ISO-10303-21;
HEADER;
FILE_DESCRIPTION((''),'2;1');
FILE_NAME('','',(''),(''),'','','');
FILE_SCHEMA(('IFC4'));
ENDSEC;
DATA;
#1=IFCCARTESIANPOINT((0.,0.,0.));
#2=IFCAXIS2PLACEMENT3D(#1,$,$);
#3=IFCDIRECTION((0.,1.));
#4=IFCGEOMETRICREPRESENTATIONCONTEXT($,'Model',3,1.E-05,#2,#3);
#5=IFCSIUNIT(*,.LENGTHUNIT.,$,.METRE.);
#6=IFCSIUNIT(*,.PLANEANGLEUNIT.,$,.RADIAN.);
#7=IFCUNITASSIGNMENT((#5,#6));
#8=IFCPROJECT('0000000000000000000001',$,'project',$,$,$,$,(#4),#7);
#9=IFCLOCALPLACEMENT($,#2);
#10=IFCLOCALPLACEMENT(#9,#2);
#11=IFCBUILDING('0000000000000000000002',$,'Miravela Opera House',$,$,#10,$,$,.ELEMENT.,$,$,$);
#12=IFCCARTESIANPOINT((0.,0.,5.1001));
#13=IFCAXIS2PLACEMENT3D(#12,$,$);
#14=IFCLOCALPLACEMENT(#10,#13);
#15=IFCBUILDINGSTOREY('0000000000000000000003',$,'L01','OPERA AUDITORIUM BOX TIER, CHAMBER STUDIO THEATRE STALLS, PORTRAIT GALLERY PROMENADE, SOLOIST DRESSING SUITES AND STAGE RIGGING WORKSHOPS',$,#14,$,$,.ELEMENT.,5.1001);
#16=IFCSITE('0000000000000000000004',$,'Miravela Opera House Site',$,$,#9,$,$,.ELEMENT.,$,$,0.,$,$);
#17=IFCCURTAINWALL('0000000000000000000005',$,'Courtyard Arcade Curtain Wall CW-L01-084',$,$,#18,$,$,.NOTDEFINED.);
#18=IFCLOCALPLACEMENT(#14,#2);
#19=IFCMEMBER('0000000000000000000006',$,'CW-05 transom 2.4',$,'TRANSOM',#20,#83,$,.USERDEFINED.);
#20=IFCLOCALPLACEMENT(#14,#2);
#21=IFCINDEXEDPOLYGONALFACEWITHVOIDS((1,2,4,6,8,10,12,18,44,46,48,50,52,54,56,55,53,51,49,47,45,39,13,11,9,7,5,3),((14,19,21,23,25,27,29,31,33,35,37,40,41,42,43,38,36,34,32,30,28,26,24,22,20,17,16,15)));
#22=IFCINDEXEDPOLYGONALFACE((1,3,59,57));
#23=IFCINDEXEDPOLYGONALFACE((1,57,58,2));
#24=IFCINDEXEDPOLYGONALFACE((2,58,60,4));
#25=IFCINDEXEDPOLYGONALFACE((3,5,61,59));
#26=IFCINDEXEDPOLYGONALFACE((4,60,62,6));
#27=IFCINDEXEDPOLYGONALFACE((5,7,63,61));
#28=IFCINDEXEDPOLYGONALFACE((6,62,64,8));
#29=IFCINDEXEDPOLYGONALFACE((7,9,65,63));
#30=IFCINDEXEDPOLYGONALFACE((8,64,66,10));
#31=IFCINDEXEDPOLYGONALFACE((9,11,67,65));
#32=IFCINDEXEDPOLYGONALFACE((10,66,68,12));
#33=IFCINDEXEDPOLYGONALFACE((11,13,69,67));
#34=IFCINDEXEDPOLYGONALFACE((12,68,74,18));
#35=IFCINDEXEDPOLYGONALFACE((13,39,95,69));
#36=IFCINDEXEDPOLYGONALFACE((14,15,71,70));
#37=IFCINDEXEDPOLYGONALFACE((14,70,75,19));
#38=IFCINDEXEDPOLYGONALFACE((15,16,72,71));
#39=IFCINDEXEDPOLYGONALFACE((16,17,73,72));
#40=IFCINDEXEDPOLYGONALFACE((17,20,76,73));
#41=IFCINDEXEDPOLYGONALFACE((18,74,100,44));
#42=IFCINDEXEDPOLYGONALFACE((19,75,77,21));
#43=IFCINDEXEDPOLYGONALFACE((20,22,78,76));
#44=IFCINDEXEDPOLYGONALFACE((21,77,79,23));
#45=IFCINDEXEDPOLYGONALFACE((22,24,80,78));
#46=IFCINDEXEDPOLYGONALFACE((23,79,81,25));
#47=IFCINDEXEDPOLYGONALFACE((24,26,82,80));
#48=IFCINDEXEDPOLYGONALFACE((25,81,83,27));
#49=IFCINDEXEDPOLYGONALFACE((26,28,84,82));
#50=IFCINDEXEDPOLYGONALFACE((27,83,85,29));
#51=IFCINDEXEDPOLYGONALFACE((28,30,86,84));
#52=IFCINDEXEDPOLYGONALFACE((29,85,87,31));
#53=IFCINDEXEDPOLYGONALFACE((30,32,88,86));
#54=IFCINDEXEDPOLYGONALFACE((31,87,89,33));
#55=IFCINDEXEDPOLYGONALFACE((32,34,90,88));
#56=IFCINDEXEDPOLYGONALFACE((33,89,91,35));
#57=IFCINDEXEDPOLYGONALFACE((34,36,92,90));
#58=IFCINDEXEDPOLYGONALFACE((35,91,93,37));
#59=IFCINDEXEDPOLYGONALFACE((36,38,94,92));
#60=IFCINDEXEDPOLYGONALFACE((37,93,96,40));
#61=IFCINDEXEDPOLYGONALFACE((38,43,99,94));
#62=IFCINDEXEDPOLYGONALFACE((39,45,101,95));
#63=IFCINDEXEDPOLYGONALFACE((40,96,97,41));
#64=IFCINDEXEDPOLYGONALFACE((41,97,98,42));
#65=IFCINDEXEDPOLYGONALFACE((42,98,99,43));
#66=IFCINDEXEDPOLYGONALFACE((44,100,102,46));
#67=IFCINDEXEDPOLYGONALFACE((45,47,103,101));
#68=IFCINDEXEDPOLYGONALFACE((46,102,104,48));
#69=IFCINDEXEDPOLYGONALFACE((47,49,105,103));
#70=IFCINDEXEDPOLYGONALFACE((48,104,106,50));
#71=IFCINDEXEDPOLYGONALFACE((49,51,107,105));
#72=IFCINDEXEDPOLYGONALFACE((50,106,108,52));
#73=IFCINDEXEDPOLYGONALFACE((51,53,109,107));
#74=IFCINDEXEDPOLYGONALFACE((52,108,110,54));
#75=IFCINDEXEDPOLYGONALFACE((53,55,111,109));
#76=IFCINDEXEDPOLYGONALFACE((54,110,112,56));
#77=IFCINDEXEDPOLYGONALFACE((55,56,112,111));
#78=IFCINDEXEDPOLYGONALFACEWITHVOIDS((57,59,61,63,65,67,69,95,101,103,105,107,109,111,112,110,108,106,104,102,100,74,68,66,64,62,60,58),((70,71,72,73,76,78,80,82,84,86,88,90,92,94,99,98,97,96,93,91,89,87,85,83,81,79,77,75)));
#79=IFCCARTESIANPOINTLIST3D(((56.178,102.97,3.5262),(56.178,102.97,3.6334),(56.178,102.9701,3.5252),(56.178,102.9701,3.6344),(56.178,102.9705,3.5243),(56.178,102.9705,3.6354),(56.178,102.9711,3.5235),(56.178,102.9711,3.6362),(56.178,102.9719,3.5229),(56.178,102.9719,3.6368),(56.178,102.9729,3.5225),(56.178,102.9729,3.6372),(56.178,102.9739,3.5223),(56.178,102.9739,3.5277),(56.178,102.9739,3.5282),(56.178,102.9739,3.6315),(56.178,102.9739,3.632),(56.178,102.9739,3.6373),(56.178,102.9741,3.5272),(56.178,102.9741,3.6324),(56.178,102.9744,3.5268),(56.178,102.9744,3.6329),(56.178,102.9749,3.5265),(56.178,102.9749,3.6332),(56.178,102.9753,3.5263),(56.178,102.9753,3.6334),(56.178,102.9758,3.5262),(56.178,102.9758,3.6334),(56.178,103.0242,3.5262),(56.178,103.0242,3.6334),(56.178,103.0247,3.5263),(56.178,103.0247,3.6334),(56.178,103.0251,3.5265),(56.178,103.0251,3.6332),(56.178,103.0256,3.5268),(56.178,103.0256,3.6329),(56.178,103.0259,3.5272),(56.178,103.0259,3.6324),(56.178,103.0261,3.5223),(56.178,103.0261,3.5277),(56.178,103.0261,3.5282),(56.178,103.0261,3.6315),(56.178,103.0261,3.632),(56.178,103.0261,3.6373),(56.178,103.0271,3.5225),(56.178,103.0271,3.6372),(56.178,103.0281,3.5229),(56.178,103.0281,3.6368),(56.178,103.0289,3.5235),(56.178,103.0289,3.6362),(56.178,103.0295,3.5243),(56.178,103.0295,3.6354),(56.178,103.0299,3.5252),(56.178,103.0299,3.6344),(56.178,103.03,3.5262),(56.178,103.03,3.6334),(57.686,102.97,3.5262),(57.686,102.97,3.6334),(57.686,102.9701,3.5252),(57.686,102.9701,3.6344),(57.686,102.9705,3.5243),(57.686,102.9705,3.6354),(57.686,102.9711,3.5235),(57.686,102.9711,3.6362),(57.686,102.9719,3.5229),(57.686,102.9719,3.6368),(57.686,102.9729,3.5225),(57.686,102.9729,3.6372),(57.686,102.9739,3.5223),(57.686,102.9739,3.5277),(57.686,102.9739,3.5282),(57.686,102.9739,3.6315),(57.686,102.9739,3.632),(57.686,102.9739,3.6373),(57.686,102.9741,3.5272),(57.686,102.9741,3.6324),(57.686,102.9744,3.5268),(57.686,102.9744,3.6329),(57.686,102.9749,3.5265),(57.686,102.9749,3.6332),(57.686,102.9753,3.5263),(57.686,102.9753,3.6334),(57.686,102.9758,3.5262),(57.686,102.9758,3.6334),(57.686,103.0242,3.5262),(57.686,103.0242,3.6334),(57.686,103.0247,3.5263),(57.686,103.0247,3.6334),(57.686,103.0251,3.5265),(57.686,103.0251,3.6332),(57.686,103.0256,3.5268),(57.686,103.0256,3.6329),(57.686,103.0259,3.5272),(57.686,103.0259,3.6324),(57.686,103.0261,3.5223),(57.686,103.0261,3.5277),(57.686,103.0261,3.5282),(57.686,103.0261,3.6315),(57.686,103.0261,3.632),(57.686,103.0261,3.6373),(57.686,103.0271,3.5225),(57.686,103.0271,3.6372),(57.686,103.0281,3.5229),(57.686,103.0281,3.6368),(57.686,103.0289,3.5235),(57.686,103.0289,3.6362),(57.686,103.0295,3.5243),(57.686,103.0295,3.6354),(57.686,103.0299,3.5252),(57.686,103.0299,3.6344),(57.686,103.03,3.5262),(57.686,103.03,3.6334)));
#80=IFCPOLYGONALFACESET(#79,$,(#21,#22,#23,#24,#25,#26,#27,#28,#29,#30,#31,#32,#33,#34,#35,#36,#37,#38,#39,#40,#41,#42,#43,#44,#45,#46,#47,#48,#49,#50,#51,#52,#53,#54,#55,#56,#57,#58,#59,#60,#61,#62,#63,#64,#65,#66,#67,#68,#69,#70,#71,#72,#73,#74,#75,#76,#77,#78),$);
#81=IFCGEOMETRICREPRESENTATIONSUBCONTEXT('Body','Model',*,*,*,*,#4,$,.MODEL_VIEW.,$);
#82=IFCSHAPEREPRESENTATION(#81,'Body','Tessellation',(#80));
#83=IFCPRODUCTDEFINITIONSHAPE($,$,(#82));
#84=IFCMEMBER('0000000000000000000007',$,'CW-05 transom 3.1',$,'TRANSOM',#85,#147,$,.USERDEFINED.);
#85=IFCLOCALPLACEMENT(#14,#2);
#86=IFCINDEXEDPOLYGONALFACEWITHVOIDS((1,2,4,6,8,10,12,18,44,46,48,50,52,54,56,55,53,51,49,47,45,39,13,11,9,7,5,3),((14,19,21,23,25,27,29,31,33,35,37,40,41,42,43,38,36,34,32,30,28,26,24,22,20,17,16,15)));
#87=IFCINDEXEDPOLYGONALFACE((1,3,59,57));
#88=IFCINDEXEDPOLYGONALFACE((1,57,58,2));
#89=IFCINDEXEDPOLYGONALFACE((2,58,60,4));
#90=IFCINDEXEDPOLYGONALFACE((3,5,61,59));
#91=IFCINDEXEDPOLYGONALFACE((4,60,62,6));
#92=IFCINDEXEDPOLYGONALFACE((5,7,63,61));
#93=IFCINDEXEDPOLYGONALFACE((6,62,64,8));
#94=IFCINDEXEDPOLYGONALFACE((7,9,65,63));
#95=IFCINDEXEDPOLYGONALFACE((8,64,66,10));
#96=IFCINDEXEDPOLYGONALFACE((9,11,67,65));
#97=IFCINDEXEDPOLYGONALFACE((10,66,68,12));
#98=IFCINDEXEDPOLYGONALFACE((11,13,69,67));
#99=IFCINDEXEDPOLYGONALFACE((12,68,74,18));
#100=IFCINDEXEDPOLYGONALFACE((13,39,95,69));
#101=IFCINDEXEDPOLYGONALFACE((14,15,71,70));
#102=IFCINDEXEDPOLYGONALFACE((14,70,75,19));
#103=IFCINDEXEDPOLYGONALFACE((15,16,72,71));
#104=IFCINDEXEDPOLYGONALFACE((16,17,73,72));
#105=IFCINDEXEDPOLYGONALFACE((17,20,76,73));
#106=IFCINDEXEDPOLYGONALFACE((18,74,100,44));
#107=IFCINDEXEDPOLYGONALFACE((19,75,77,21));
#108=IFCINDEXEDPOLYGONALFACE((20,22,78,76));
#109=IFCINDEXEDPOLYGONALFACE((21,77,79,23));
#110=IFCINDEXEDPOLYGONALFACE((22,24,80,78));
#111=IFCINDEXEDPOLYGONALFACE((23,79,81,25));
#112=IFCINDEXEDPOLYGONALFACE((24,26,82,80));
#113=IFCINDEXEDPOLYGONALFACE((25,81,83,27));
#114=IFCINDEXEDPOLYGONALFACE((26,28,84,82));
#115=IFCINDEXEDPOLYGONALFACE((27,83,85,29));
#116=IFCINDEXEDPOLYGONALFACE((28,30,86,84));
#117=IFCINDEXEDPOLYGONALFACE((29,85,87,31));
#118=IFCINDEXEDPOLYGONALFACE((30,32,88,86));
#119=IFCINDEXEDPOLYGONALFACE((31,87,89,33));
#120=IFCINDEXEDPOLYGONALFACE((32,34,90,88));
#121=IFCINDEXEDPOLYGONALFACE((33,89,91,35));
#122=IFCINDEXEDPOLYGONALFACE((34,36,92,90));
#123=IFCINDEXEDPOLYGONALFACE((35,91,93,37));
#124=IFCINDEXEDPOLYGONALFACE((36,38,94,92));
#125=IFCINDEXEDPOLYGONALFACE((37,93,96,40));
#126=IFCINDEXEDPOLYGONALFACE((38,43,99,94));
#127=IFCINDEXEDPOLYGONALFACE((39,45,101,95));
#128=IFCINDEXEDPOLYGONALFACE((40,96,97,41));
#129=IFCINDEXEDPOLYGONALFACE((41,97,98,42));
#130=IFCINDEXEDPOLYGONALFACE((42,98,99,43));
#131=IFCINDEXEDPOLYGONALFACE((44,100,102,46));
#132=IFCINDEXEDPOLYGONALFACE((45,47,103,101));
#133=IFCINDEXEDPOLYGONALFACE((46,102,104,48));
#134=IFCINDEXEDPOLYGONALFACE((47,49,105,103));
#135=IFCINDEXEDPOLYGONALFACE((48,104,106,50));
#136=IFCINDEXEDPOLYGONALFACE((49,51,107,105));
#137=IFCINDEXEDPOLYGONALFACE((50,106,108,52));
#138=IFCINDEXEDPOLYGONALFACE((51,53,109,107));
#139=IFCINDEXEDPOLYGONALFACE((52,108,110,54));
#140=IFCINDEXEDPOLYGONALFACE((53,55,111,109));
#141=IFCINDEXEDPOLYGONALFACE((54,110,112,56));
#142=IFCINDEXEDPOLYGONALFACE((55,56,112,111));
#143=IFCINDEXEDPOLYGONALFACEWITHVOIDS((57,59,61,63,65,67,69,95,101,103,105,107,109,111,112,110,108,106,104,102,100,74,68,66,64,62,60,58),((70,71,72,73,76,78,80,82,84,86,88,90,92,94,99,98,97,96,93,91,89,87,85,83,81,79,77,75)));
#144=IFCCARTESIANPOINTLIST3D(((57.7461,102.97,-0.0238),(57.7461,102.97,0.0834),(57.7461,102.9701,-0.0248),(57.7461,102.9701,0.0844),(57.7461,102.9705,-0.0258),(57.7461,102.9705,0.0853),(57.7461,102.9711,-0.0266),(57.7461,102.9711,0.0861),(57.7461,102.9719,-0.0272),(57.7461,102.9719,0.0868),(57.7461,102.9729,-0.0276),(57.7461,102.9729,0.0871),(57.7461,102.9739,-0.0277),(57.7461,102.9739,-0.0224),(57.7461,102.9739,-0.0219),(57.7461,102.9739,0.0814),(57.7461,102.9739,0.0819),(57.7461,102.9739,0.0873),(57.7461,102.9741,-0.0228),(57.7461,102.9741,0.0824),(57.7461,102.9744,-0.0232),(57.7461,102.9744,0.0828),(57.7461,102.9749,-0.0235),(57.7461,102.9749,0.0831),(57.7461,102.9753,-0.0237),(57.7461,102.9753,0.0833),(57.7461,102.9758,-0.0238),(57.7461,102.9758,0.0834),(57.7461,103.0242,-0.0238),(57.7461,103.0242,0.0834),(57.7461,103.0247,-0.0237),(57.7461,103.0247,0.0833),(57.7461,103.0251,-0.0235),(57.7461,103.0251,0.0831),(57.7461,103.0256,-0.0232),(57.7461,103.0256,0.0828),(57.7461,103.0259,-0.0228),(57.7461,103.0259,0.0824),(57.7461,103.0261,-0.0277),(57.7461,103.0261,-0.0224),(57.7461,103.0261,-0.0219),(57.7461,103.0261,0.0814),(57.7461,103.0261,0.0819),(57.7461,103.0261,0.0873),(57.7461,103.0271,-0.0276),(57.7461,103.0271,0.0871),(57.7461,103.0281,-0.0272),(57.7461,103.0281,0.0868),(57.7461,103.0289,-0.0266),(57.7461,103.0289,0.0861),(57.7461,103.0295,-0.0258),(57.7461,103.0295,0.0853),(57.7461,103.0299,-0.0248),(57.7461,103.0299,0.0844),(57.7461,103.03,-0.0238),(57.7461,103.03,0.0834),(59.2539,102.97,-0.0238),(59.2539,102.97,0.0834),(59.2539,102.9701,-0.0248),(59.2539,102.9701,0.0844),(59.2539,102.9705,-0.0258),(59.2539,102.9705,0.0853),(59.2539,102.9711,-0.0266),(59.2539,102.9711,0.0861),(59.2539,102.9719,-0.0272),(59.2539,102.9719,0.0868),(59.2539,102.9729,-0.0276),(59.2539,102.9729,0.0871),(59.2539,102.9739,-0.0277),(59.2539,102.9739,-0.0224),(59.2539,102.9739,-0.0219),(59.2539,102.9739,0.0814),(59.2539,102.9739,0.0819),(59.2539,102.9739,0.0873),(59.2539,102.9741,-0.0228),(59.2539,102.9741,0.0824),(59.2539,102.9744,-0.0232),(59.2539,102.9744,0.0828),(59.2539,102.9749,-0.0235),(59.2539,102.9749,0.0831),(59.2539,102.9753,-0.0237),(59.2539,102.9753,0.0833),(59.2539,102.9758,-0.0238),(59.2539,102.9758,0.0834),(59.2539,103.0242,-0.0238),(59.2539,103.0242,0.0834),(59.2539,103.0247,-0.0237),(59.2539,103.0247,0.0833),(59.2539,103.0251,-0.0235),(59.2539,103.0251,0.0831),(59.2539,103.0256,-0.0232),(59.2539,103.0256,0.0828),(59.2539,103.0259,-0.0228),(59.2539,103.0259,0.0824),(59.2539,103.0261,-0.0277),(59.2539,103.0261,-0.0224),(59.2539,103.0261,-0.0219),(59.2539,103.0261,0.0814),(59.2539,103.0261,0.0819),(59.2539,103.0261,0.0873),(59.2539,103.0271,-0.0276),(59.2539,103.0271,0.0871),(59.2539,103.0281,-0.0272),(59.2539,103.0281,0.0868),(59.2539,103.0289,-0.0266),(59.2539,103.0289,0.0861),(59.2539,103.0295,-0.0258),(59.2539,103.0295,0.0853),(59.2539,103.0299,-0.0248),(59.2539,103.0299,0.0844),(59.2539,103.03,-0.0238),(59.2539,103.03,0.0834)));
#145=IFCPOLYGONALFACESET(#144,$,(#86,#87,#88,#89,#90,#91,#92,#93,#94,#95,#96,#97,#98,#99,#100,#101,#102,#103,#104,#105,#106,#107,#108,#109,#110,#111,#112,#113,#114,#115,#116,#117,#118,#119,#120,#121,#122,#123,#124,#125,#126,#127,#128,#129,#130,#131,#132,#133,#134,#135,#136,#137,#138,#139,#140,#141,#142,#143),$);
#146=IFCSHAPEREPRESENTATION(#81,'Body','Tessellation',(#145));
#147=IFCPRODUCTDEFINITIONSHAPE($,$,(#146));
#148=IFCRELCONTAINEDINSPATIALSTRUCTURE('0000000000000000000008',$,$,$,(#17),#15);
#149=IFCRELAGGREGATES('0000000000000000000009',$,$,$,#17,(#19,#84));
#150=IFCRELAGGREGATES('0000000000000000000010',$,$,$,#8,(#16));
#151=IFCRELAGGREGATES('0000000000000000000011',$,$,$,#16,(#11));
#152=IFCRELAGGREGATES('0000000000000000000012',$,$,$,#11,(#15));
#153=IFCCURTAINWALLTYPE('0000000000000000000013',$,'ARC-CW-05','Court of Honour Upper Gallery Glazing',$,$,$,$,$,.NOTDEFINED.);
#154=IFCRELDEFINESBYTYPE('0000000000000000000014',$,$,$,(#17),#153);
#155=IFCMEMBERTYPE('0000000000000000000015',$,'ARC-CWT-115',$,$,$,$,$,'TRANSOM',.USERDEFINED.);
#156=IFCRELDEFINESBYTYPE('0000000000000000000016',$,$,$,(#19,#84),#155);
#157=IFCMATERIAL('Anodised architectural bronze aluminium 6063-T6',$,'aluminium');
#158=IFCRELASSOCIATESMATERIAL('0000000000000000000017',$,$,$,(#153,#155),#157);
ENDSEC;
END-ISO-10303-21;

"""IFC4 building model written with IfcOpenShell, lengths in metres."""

from ifc_helpers import new_model, si_unit, direction, frame, origin, origin_2d, place, context, subcontext, project, spatial, hollow_rectangle, extrude, material, material_profile, profile_set, type_object, element, aggregate, save


model = new_model("IFC4")

# Units and contexts
model_context = context("Model", 3, precision=1e-05, world=origin(), true_north=direction((0.0, 1.0)))
body_context = subcontext(model_context, "Body", "Model", "MODEL_VIEW")
ifc_project = project(units=[si_unit("LENGTHUNIT", "METRE"), si_unit("PLANEANGLEUNIT", "RADIAN")], contexts=[model_context])

# Site, building, storey
site_placement = place(None, origin())
site = spatial("IfcSite", under=ifc_project, at=site_placement, Name="Miravela Opera House Site", CompositionType="ELEMENT", RefElevation=0.0)
building_placement = place(site_placement, origin())
building = spatial("IfcBuilding", under=site, at=building_placement, Name="Miravela Opera House", CompositionType="ELEMENT")
storey_placement = place(building_placement, frame((0.0, 0.0, 5.1001)))
storey = spatial("IfcBuildingStorey", under=building, at=storey_placement, Name="L01", Description="OPERA AUDITORIUM BOX TIER, CHAMBER STUDIO THEATRE STALLS, PORTRAIT GALLERY PROMENADE, SOLOIST DRESSING SUITES AND STAGE RIGGING WORKSHOPS", CompositionType="ELEMENT", Elevation=5.1001)

# Curtain wall, members
ifc_material_1 = material(Name="Anodised architectural bronze aluminium 6063-T6", Category="aluminium")
curtain_wall_type = type_object("IfcCurtainWallType", Name="ARC-CW-05", Description="Court of Honour Upper Gallery Glazing", PredefinedType="NOTDEFINED", material=ifc_material_1)
curtain_wall_placement = place(storey_placement, origin())
curtain_wall = element("IfcCurtainWall", 1, at=curtain_wall_placement, inside=storey, type_object=curtain_wall_type, Name="Courtyard Arcade Curtain Wall CW-L01-084", PredefinedType="NOTDEFINED")
ifc_material_profile_1 = material_profile(ifc_material_1, hollow_rectangle(XDim=0.0601, YDim=0.115, WallThickness=0.0039, InnerFilletRadius=0.002, OuterFilletRadius=0.0039, at=origin_2d()), Name="CWT-60X115")
ifc_profile_set_1 = profile_set([ifc_material_profile_1])
member_type_1 = type_object("IfcMemberType", Name="ARC-CWT-115", ElementType="TRANSOM", PredefinedType="USERDEFINED", material=ifc_profile_set_1)
member_1_placement = place(storey_placement, frame((56.178, 103.0, 3.5798), z_axis=(1.0, 0.0, 0.0), x_axis=(0.0, 1.0, 0.0)))
member_1 = element("IfcMember", 2, at=member_1_placement, type_object=member_type_1, Name="CW-05 transom 2.4", ObjectType="TRANSOM", PredefinedType="USERDEFINED", context=body_context, shape_type="SweptSolid", body=[
    extrude(hollow_rectangle(XDim=0.0601, YDim=0.115, WallThickness=0.0039, InnerFilletRadius=0.002, OuterFilletRadius=0.0039, at=origin_2d()), origin(), (0.0, 0.0, 1.0), 1.5081),
])
member_2_placement = place(storey_placement, frame((57.7461, 103.0, 0.0298), z_axis=(1.0, 0.0, 0.0), x_axis=(0.0, 1.0, 0.0)))
member_2 = element("IfcMember", 3, at=member_2_placement, type_object=member_type_1, Name="CW-05 transom 3.1", ObjectType="TRANSOM", PredefinedType="USERDEFINED", context=body_context, shape_type="SweptSolid", body=[
    extrude(hollow_rectangle(XDim=0.0601, YDim=0.115, WallThickness=0.0039, InnerFilletRadius=0.002, OuterFilletRadius=0.0039, at=origin_2d()), origin(), (0.0, 0.0, 1.0), 1.5078),
])

aggregate(curtain_wall, [member_1, member_2])

save(model, "model.ifc")
